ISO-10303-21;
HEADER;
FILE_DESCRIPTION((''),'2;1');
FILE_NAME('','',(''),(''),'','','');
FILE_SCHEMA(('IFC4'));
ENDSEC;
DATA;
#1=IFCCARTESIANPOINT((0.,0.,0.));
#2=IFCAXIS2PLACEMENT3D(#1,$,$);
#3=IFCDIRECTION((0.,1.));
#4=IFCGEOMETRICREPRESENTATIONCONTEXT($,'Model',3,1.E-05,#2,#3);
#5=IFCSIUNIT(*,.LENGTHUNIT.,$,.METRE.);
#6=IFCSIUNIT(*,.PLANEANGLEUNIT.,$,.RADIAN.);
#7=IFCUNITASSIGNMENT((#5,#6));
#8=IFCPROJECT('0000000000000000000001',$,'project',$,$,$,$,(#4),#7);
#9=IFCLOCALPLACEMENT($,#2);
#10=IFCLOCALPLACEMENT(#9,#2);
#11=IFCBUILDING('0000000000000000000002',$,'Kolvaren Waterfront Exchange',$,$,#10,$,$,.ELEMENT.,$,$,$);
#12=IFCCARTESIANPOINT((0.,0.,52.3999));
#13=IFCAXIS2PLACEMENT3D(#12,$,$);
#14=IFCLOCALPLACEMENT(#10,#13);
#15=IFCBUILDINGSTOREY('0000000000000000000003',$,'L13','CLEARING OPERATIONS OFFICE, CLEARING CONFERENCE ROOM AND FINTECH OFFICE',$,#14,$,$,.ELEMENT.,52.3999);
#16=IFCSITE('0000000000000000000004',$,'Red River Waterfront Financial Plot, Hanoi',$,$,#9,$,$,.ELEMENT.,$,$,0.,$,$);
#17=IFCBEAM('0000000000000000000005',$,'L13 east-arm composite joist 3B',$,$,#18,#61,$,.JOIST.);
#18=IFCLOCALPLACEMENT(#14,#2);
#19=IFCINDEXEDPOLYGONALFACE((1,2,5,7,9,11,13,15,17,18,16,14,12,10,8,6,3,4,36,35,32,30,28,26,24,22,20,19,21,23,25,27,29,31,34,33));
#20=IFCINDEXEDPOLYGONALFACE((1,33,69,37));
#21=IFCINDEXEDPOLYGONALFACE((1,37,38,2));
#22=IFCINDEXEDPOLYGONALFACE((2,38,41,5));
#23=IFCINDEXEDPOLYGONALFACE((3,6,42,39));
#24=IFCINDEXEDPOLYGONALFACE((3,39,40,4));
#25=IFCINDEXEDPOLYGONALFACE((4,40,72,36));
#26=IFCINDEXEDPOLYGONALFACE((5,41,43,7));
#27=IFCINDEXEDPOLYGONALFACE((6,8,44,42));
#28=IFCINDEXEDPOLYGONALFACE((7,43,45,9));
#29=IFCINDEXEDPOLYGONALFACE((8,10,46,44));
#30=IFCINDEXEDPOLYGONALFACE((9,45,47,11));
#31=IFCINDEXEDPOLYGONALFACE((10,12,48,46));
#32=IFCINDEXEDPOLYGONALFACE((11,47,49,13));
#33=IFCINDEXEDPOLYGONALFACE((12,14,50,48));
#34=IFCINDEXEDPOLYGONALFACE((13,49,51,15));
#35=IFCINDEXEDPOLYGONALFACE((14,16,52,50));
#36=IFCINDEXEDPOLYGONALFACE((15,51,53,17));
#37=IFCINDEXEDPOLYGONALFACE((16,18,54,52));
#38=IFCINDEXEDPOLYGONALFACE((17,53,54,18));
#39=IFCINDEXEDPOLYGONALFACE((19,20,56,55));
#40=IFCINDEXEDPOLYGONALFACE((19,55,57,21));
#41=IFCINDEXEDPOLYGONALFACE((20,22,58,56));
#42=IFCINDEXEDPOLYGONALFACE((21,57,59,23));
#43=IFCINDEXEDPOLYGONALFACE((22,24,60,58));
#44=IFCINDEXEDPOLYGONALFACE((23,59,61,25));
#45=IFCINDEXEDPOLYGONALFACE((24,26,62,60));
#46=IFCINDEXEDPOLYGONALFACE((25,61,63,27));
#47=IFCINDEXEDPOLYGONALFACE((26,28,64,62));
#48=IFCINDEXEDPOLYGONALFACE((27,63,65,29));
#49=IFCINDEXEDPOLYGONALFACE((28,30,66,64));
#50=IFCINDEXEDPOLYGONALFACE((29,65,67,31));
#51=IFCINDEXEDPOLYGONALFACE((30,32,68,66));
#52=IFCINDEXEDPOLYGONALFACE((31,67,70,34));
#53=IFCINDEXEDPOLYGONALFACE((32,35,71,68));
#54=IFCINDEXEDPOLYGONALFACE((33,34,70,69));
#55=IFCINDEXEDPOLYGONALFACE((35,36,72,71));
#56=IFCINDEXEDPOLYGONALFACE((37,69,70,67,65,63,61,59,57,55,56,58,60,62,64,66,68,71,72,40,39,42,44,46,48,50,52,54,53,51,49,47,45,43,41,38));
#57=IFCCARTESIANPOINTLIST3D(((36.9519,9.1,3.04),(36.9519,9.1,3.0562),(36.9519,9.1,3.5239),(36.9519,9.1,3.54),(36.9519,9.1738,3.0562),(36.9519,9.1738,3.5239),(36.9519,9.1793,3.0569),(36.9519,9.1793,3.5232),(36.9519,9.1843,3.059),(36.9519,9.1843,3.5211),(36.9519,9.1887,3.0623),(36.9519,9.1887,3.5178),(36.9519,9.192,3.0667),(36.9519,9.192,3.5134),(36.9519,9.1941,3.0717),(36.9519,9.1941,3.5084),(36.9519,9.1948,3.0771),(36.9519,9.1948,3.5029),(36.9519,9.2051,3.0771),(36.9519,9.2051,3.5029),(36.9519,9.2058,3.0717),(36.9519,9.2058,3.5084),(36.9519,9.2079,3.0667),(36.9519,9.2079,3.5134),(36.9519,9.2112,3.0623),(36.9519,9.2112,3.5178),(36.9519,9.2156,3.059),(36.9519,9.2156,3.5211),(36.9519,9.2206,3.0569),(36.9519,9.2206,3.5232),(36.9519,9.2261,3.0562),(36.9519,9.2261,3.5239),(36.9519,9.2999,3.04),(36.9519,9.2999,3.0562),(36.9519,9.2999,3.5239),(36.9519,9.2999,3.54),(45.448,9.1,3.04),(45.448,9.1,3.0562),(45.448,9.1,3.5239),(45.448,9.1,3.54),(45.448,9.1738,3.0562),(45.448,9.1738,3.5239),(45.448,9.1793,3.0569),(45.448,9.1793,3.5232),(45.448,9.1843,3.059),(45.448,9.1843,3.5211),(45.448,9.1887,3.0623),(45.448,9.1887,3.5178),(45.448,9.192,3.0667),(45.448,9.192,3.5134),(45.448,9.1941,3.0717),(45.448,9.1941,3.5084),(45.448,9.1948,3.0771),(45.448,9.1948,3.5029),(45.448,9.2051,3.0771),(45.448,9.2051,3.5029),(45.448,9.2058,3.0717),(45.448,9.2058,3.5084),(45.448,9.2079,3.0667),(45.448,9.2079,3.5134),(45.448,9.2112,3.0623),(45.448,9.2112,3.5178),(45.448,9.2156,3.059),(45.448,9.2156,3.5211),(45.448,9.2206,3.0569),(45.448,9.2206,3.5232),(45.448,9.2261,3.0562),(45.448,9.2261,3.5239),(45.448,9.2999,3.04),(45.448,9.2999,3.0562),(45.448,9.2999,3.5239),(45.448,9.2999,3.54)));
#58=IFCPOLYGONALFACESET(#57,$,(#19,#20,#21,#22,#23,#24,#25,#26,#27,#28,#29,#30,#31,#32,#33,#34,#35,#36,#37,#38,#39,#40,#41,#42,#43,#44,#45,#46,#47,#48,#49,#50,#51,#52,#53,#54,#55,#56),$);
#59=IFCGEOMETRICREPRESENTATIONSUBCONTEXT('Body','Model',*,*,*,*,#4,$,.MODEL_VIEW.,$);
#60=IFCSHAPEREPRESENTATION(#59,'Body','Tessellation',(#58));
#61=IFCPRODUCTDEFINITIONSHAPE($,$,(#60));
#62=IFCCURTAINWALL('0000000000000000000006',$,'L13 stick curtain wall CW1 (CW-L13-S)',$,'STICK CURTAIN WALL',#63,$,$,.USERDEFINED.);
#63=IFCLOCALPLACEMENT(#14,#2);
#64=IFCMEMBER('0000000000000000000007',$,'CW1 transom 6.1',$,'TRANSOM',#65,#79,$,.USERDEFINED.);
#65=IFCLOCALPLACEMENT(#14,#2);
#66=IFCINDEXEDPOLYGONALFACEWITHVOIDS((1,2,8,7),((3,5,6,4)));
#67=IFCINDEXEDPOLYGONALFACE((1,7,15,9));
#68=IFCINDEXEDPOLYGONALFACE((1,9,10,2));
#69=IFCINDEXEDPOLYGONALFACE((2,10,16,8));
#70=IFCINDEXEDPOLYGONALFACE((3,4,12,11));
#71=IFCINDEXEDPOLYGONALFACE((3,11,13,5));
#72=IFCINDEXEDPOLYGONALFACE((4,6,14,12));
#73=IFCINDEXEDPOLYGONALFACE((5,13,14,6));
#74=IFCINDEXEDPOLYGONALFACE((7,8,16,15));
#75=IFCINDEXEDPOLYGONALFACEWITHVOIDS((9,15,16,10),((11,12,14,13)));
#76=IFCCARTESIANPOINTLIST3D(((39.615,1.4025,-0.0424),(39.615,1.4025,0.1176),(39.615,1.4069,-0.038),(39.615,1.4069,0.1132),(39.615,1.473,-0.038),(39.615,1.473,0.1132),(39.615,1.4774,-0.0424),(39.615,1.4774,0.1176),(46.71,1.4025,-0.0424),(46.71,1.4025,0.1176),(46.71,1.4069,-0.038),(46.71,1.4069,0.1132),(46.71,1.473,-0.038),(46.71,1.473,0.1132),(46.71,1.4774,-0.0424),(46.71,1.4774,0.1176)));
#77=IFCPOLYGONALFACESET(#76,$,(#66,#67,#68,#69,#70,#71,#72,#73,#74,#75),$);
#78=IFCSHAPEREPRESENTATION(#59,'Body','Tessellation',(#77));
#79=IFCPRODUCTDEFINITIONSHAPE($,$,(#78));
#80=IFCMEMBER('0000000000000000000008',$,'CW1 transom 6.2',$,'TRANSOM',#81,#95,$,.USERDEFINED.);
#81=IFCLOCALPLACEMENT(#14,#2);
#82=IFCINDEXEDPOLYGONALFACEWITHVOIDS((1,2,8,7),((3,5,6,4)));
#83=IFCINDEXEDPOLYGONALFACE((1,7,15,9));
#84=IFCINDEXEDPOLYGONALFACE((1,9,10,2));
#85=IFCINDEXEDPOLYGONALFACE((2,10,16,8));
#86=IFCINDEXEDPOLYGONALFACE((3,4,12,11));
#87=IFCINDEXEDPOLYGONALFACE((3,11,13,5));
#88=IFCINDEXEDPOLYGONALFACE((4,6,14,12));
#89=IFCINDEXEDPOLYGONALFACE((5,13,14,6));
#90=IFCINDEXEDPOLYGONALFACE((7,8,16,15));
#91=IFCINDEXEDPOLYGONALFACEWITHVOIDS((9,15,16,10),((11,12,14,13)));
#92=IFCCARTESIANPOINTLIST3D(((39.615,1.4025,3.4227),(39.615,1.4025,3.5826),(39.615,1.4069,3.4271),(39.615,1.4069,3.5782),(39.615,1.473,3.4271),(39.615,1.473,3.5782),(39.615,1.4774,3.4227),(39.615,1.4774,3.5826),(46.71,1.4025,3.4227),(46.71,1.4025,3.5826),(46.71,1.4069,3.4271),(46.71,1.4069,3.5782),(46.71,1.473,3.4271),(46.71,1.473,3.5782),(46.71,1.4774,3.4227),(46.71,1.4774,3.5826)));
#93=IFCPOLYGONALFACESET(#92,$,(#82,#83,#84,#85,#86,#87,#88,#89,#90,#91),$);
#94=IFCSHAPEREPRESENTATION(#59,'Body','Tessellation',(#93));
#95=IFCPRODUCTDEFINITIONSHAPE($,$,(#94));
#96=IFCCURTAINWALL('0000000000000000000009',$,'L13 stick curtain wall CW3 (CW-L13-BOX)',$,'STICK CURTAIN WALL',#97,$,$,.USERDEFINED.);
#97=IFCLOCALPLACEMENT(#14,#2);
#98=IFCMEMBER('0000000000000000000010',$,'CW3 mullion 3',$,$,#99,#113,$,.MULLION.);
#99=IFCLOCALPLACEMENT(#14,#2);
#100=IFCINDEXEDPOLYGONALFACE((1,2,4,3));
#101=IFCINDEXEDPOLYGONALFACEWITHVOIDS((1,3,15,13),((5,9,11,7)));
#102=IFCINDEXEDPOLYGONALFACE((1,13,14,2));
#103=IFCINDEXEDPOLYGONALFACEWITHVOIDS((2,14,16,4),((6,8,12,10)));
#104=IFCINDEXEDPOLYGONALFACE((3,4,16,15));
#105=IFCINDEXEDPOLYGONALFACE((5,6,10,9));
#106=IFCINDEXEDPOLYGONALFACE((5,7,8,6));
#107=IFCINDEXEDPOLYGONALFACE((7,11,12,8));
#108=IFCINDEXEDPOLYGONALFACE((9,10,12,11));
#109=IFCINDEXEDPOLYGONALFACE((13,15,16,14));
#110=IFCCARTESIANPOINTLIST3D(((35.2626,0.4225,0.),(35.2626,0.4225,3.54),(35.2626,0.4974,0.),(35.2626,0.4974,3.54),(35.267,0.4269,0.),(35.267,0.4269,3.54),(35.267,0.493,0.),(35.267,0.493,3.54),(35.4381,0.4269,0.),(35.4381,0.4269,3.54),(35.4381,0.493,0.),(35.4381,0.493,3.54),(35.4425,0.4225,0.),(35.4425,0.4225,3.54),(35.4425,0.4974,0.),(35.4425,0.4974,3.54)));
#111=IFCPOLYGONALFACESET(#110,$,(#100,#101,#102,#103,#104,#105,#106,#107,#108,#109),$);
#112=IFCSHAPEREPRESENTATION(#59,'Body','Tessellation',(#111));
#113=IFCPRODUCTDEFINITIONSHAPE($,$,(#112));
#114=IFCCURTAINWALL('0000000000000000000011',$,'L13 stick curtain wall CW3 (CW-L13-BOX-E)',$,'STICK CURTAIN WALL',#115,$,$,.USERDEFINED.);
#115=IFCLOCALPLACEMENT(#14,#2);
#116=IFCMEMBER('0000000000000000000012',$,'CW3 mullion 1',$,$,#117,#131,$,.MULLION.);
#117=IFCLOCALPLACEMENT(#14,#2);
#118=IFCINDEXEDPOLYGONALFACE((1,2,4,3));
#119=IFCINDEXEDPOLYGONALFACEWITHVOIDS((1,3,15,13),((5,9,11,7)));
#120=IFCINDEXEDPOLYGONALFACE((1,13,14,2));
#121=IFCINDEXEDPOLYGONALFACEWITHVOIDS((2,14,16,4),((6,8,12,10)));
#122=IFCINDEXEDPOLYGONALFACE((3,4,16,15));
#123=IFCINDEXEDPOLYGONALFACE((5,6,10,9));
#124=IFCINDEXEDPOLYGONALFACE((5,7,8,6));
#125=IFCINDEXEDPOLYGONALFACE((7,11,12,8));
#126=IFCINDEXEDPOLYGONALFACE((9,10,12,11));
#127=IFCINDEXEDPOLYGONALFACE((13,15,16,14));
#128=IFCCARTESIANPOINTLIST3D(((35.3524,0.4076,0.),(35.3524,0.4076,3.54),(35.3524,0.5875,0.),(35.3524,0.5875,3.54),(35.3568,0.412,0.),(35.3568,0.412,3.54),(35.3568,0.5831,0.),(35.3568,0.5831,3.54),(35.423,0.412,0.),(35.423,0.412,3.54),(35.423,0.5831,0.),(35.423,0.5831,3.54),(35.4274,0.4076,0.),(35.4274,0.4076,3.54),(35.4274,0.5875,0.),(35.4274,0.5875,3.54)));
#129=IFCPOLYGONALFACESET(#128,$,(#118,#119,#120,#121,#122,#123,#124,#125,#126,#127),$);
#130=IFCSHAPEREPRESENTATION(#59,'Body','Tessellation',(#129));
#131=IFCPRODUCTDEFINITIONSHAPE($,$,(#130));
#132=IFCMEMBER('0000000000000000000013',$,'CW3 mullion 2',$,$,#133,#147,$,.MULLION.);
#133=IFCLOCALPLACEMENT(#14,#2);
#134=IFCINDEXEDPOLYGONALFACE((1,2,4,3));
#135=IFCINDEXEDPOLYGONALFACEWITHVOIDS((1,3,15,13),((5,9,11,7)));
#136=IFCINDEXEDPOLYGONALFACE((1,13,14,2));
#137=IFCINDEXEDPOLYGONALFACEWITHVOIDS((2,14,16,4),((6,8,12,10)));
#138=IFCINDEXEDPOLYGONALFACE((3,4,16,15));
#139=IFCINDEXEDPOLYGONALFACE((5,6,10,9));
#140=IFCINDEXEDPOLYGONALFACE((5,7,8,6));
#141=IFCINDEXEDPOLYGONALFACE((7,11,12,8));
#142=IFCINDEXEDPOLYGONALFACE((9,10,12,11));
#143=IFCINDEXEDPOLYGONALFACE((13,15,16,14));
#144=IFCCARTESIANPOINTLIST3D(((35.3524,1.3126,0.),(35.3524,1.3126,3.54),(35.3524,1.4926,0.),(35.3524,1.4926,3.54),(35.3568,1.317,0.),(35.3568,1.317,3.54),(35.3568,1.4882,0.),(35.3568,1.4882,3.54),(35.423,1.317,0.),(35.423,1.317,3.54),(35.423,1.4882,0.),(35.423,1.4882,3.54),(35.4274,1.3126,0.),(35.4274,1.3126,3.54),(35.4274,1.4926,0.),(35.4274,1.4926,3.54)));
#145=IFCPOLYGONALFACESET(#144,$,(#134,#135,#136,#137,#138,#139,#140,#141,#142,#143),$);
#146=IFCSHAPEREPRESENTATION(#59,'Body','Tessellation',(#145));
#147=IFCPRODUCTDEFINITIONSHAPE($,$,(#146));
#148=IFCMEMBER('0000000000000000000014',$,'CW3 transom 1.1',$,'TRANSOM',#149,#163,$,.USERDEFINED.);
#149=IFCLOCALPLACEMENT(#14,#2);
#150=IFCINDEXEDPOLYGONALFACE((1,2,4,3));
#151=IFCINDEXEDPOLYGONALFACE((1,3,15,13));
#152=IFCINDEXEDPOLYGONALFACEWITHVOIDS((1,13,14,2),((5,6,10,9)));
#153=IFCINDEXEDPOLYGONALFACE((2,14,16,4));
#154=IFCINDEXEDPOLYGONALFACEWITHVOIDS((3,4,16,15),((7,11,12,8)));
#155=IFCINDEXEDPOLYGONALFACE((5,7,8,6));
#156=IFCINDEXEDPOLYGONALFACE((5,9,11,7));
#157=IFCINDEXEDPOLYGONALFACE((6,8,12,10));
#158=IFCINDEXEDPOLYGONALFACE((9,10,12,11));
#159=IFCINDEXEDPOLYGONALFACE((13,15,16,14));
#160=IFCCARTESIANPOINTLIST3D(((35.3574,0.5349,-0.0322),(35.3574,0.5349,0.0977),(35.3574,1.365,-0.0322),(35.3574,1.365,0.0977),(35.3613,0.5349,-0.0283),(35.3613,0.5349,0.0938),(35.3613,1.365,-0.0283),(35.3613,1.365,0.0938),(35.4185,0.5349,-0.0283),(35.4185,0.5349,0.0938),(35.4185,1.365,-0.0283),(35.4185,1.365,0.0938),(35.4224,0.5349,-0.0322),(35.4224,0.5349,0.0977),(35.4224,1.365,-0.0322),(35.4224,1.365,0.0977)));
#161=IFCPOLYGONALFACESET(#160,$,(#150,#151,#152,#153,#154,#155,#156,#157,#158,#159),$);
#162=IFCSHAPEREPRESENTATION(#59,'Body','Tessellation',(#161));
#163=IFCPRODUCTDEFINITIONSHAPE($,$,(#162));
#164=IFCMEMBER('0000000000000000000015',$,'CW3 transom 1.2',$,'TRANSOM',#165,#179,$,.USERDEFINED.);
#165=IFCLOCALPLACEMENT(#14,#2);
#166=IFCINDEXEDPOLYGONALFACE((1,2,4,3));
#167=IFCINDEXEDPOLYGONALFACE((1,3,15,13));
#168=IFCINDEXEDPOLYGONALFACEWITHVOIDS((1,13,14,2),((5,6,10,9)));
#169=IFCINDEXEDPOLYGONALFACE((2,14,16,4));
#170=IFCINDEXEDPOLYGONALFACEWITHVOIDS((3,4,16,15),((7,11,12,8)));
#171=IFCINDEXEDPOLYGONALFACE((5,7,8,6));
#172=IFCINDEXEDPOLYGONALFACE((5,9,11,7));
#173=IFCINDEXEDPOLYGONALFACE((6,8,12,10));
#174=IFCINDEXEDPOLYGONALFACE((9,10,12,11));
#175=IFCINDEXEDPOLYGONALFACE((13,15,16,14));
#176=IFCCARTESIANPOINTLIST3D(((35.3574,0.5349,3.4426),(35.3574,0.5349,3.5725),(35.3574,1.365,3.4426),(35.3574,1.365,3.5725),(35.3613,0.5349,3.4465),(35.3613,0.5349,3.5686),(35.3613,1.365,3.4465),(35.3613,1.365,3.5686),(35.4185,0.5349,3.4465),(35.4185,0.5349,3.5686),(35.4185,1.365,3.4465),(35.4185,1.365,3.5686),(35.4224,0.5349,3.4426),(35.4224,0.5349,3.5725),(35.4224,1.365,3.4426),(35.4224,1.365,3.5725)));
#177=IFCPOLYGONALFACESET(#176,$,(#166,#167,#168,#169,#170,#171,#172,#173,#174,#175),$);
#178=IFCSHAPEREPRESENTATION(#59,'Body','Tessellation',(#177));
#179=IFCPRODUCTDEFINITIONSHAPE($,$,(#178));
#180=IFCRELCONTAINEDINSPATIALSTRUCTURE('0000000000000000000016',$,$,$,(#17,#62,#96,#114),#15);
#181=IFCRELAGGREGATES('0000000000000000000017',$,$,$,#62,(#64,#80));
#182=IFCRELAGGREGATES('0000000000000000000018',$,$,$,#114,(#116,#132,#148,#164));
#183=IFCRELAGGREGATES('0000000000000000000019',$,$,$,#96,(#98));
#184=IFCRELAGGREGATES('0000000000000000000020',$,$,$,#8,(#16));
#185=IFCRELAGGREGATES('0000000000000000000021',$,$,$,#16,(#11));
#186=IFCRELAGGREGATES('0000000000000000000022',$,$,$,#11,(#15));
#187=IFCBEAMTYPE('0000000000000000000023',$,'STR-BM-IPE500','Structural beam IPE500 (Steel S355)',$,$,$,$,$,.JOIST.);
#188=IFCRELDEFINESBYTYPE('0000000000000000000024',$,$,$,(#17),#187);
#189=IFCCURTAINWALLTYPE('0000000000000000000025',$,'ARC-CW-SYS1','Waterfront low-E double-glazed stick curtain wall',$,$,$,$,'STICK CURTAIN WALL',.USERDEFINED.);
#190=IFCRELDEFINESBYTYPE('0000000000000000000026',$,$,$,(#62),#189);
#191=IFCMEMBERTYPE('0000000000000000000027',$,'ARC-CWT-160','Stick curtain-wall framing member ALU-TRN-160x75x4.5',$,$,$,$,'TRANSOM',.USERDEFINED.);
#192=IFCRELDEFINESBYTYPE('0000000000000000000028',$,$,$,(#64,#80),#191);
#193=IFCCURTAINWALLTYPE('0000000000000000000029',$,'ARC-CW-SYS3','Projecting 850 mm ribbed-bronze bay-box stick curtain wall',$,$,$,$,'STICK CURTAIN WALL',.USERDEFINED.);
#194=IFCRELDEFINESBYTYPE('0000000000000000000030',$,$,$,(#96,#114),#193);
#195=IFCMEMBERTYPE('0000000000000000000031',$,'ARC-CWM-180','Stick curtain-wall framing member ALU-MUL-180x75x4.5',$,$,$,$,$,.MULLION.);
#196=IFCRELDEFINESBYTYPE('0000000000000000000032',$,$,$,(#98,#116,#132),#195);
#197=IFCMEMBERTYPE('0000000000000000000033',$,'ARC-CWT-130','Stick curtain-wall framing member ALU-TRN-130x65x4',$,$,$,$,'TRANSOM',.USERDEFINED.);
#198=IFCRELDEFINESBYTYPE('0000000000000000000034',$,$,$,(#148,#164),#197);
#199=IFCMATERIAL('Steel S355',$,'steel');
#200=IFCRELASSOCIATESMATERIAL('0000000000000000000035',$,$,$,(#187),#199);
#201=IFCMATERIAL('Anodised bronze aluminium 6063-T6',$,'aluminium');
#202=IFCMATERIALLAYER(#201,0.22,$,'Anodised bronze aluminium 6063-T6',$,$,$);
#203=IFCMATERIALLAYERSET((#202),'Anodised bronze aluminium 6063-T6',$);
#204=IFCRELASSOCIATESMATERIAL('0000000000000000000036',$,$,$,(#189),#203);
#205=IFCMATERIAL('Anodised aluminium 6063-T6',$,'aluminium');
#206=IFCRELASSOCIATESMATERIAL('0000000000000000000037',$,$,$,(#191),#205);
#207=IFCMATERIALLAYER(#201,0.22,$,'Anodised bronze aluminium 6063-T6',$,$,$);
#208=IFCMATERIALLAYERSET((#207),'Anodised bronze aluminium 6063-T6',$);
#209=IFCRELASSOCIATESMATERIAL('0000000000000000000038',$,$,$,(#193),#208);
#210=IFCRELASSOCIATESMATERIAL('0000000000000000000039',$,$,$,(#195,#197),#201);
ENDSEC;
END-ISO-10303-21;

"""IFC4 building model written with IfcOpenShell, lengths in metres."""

from ifc_helpers import new_model, si_unit, direction, frame, origin, origin_with_axes, origin_2d, place, context, subcontext, project, spatial, hollow_rectangle, i_section, extrude, source, transform, mapped, material, layer, layer_set, material_profile, profile_set, type_object, element, aggregate, save


model = new_model("IFC4")

# Units and contexts
model_context = context("Model", 3, precision=1e-05, world=origin(), true_north=direction((0.0, 1.0)))
body_context = subcontext(model_context, "Body", "Model", "MODEL_VIEW")
ifc_project = project(units=[si_unit("LENGTHUNIT", "METRE"), si_unit("PLANEANGLEUNIT", "RADIAN")], contexts=[model_context])

# Site, building, storey
site_placement = place(None, origin())
site = spatial("IfcSite", under=ifc_project, at=site_placement, Name="Red River Waterfront Financial Plot, Hanoi", CompositionType="ELEMENT", RefElevation=0.0)
building_placement = place(site_placement, origin())
building = spatial("IfcBuilding", under=site, at=building_placement, Name="Kolvaren Waterfront Exchange", CompositionType="ELEMENT")
storey_placement = place(building_placement, frame((0.0, 0.0, 52.3999)))
storey = spatial("IfcBuildingStorey", under=building, at=storey_placement, Name="L13", Description="CLEARING OPERATIONS OFFICE, CLEARING CONFERENCE ROOM AND FINTECH OFFICE", CompositionType="ELEMENT", Elevation=52.3999)

# Beam
ifc_material_1 = material(Name="Steel S355", Category="steel")
ifc_material_profile_1 = material_profile(ifc_material_1, i_section(OverallWidth=0.2, OverallDepth=0.5, WebThickness=0.0103, FlangeThickness=0.0161, FilletRadius=0.021, at=origin_2d()), Name="IPE500")
ifc_profile_set_1 = profile_set([ifc_material_profile_1], Name="Steel S355")
beam_type_1 = type_object("IfcBeamType", Name="STR-BM-IPE500", Description="Structural beam IPE500 (Steel S355)", PredefinedType="JOIST", material=ifc_profile_set_1)
beam_1_placement = place(storey_placement, frame((36.9519, 9.2, 3.29), z_axis=(1.0, 0.0, 0.0), x_axis=(0.0, 1.0, 0.0)))
element("IfcBeam", 1, at=beam_1_placement, inside=storey, type_object=beam_type_1, Name="L13 east-arm composite joist 3B", PredefinedType="JOIST", context=body_context, shape_type="SweptSolid", body=[
    extrude(i_section(OverallWidth=0.2, OverallDepth=0.5, WebThickness=0.0103, FlangeThickness=0.0161, FilletRadius=0.021, at=origin_2d()), origin(), (0.0, 0.0, 1.0), 8.4961),
])

# Curtain wall, members
ifc_material_2 = material(Name="Anodised bronze aluminium 6063-T6", Category="aluminium")
ifc_layer_1 = layer(ifc_material_2, 0.22, Name="Anodised bronze aluminium 6063-T6")
ifc_layer_set_1 = layer_set([ifc_layer_1], Name="Anodised bronze aluminium 6063-T6")
curtain_wall_type_1 = type_object("IfcCurtainWallType", Name="ARC-CW-SYS1", Description="Waterfront low-E double-glazed stick curtain wall", ElementType="STICK CURTAIN WALL", PredefinedType="USERDEFINED", material=ifc_layer_set_1)
curtain_wall_1_placement = place(storey_placement, origin())
curtain_wall_1 = element("IfcCurtainWall", 2, at=curtain_wall_1_placement, inside=storey, type_object=curtain_wall_type_1, Name="L13 stick curtain wall CW1 (CW-L13-S)", ObjectType="STICK CURTAIN WALL", PredefinedType="USERDEFINED")
ifc_material_3 = material(Name="Anodised aluminium 6063-T6", Category="aluminium")
ifc_material_profile_2 = material_profile(ifc_material_3, hollow_rectangle(XDim=0.075, YDim=0.1599, WallThickness=0.0044, at=origin_2d()), Name="ALU-TRN-160x75x4.5")
ifc_profile_set_2 = profile_set([ifc_material_profile_2], Name="Anodised aluminium 6063-T6")
member_type_1 = type_object("IfcMemberType", Name="ARC-CWT-160", Description="Stick curtain-wall framing member ALU-TRN-160x75x4.5", ElementType="TRANSOM", PredefinedType="USERDEFINED", material=ifc_profile_set_2)
shared_shape_1 = source(origin_with_axes(), body_context, "Body", "SweptSolid", [
    extrude(hollow_rectangle(XDim=0.075, YDim=0.1599, WallThickness=0.0044, at=origin_2d()), origin(), (0.0, 0.0, 1.0), 7.095),
])
member_1_placement = place(storey_placement, frame((39.615, 1.4399, 0.0376), z_axis=(1.0, 0.0, 0.0), x_axis=(0.0, 1.0, 0.0)))
member_1 = element("IfcMember", 3, at=member_1_placement, type_object=member_type_1, Name="CW1 transom 6.1", ObjectType="TRANSOM", PredefinedType="USERDEFINED", context=body_context, shape_type="MappedRepresentation", body=[
    mapped(shared_shape_1, transform((0.0, 0.0, 0.0), x_axis=(1.0, 0.0, 0.0), y_axis=(0.0, 1.0, 0.0), z_axis=(0.0, 0.0, 1.0), scale=1.0)),
])
member_2_placement = place(storey_placement, frame((39.615, 1.4399, 3.5027), z_axis=(1.0, 0.0, 0.0), x_axis=(0.0, 1.0, 0.0)))
member_2 = element("IfcMember", 4, at=member_2_placement, type_object=member_type_1, Name="CW1 transom 6.2", ObjectType="TRANSOM", PredefinedType="USERDEFINED", context=body_context, shape_type="MappedRepresentation", body=[
    mapped(shared_shape_1, transform((0.0, 0.0, 0.0), x_axis=(1.0, 0.0, 0.0), y_axis=(0.0, 1.0, 0.0), z_axis=(0.0, 0.0, 1.0), scale=1.0)),
])

# Curtain wall, member
ifc_layer_2 = layer(ifc_material_2, 0.22, Name="Anodised bronze aluminium 6063-T6")
ifc_layer_set_2 = layer_set([ifc_layer_2], Name="Anodised bronze aluminium 6063-T6")
curtain_wall_type_2 = type_object("IfcCurtainWallType", Name="ARC-CW-SYS3", Description="Projecting 850 mm ribbed-bronze bay-box stick curtain wall", ElementType="STICK CURTAIN WALL", PredefinedType="USERDEFINED", material=ifc_layer_set_2)
curtain_wall_2_placement = place(storey_placement, origin())
curtain_wall_2 = element("IfcCurtainWall", 5, at=curtain_wall_2_placement, inside=storey, type_object=curtain_wall_type_2, Name="L13 stick curtain wall CW3 (CW-L13-BOX)", ObjectType="STICK CURTAIN WALL", PredefinedType="USERDEFINED")
ifc_material_profile_3 = material_profile(ifc_material_2, hollow_rectangle(XDim=0.075, YDim=0.1799, WallThickness=0.0044, at=origin_2d()), Name="ALU-MUL-180x75x4.5")
ifc_profile_set_3 = profile_set([ifc_material_profile_3], Name="Anodised bronze aluminium 6063-T6")
member_type_2 = type_object("IfcMemberType", Name="ARC-CWM-180", Description="Stick curtain-wall framing member ALU-MUL-180x75x4.5", PredefinedType="MULLION", material=ifc_profile_set_3)
shared_shape_2 = source(origin_with_axes(), body_context, "Body", "SweptSolid", [
    extrude(hollow_rectangle(XDim=0.075, YDim=0.1799, WallThickness=0.0044, at=origin_2d()), origin(), (0.0, 0.0, 1.0), 3.54),
])
member_3_placement = place(storey_placement, frame((35.3525, 0.46, 0.0), z_axis=(0.0, 0.0, 1.0), x_axis=(0.0, 1.0, 0.0)))
member_3 = element("IfcMember", 6, at=member_3_placement, type_object=member_type_2, Name="CW3 mullion 3", PredefinedType="MULLION", context=body_context, shape_type="MappedRepresentation", body=[
    mapped(shared_shape_2, transform((0.0, 0.0, 0.0), x_axis=(1.0, 0.0, 0.0), y_axis=(0.0, 1.0, 0.0), z_axis=(0.0, 0.0, 1.0), scale=1.0)),
])

# Curtain wall, members
curtain_wall_3_placement = place(storey_placement, origin())
curtain_wall_3 = element("IfcCurtainWall", 7, at=curtain_wall_3_placement, inside=storey, type_object=curtain_wall_type_2, Name="L13 stick curtain wall CW3 (CW-L13-BOX-E)", ObjectType="STICK CURTAIN WALL", PredefinedType="USERDEFINED")
member_4_placement = place(storey_placement, frame((35.3899, 0.4976, 0.0), z_axis=(0.0, 0.0, 1.0), x_axis=(-1.0, 0.0, 0.0)))
member_4 = element("IfcMember", 8, at=member_4_placement, type_object=member_type_2, Name="CW3 mullion 1", PredefinedType="MULLION", context=body_context, shape_type="MappedRepresentation", body=[
    mapped(shared_shape_2, transform((0.0, 0.0, 0.0), x_axis=(1.0, 0.0, 0.0), y_axis=(0.0, 1.0, 0.0), z_axis=(0.0, 0.0, 1.0), scale=1.0)),
])
member_5_placement = place(storey_placement, frame((35.3899, 1.4026, 0.0), z_axis=(0.0, 0.0, 1.0), x_axis=(-1.0, 0.0, 0.0)))
member_5 = element("IfcMember", 9, at=member_5_placement, type_object=member_type_2, Name="CW3 mullion 2", PredefinedType="MULLION", context=body_context, shape_type="MappedRepresentation", body=[
    mapped(shared_shape_2, transform((0.0, 0.0, 0.0), x_axis=(1.0, 0.0, 0.0), y_axis=(0.0, 1.0, 0.0), z_axis=(0.0, 0.0, 1.0), scale=1.0)),
])
ifc_material_profile_4 = material_profile(ifc_material_2, hollow_rectangle(XDim=0.0649, YDim=0.1299, WallThickness=0.0039, at=origin_2d()), Name="ALU-TRN-130x65x4")
ifc_profile_set_4 = profile_set([ifc_material_profile_4], Name="Anodised bronze aluminium 6063-T6")
member_type_3 = type_object("IfcMemberType", Name="ARC-CWT-130", Description="Stick curtain-wall framing member ALU-TRN-130x65x4", ElementType="TRANSOM", PredefinedType="USERDEFINED", material=ifc_profile_set_4)
shared_shape_3 = source(origin_with_axes(), body_context, "Body", "SweptSolid", [
    extrude(hollow_rectangle(XDim=0.0649, YDim=0.1299, WallThickness=0.0039, at=origin_2d()), origin(), (0.0, 0.0, 1.0), 0.8301),
])
member_6_placement = place(storey_placement, frame((35.3899, 0.5349, 0.0327), z_axis=(0.0, 1.0, 0.0), x_axis=(-1.0, 0.0, 0.0)))
member_6 = element("IfcMember", 10, at=member_6_placement, type_object=member_type_3, Name="CW3 transom 1.1", ObjectType="TRANSOM", PredefinedType="USERDEFINED", context=body_context, shape_type="MappedRepresentation", body=[
    mapped(shared_shape_3, transform((0.0, 0.0, 0.0), x_axis=(1.0, 0.0, 0.0), y_axis=(0.0, 1.0, 0.0), z_axis=(0.0, 0.0, 1.0), scale=1.0)),
])
member_7_placement = place(storey_placement, frame((35.3899, 0.5349, 3.5076), z_axis=(0.0, 1.0, 0.0), x_axis=(-1.0, 0.0, 0.0)))
member_7 = element("IfcMember", 11, at=member_7_placement, type_object=member_type_3, Name="CW3 transom 1.2", ObjectType="TRANSOM", PredefinedType="USERDEFINED", context=body_context, shape_type="MappedRepresentation", body=[
    mapped(shared_shape_3, transform((0.0, 0.0, 0.0), x_axis=(1.0, 0.0, 0.0), y_axis=(0.0, 1.0, 0.0), z_axis=(0.0, 0.0, 1.0), scale=1.0)),
])

aggregate(curtain_wall_1, [member_1, member_2])
aggregate(curtain_wall_3, [member_4, member_5, member_6, member_7])
aggregate(curtain_wall_2, [member_3])

save(model, "model.ifc")
